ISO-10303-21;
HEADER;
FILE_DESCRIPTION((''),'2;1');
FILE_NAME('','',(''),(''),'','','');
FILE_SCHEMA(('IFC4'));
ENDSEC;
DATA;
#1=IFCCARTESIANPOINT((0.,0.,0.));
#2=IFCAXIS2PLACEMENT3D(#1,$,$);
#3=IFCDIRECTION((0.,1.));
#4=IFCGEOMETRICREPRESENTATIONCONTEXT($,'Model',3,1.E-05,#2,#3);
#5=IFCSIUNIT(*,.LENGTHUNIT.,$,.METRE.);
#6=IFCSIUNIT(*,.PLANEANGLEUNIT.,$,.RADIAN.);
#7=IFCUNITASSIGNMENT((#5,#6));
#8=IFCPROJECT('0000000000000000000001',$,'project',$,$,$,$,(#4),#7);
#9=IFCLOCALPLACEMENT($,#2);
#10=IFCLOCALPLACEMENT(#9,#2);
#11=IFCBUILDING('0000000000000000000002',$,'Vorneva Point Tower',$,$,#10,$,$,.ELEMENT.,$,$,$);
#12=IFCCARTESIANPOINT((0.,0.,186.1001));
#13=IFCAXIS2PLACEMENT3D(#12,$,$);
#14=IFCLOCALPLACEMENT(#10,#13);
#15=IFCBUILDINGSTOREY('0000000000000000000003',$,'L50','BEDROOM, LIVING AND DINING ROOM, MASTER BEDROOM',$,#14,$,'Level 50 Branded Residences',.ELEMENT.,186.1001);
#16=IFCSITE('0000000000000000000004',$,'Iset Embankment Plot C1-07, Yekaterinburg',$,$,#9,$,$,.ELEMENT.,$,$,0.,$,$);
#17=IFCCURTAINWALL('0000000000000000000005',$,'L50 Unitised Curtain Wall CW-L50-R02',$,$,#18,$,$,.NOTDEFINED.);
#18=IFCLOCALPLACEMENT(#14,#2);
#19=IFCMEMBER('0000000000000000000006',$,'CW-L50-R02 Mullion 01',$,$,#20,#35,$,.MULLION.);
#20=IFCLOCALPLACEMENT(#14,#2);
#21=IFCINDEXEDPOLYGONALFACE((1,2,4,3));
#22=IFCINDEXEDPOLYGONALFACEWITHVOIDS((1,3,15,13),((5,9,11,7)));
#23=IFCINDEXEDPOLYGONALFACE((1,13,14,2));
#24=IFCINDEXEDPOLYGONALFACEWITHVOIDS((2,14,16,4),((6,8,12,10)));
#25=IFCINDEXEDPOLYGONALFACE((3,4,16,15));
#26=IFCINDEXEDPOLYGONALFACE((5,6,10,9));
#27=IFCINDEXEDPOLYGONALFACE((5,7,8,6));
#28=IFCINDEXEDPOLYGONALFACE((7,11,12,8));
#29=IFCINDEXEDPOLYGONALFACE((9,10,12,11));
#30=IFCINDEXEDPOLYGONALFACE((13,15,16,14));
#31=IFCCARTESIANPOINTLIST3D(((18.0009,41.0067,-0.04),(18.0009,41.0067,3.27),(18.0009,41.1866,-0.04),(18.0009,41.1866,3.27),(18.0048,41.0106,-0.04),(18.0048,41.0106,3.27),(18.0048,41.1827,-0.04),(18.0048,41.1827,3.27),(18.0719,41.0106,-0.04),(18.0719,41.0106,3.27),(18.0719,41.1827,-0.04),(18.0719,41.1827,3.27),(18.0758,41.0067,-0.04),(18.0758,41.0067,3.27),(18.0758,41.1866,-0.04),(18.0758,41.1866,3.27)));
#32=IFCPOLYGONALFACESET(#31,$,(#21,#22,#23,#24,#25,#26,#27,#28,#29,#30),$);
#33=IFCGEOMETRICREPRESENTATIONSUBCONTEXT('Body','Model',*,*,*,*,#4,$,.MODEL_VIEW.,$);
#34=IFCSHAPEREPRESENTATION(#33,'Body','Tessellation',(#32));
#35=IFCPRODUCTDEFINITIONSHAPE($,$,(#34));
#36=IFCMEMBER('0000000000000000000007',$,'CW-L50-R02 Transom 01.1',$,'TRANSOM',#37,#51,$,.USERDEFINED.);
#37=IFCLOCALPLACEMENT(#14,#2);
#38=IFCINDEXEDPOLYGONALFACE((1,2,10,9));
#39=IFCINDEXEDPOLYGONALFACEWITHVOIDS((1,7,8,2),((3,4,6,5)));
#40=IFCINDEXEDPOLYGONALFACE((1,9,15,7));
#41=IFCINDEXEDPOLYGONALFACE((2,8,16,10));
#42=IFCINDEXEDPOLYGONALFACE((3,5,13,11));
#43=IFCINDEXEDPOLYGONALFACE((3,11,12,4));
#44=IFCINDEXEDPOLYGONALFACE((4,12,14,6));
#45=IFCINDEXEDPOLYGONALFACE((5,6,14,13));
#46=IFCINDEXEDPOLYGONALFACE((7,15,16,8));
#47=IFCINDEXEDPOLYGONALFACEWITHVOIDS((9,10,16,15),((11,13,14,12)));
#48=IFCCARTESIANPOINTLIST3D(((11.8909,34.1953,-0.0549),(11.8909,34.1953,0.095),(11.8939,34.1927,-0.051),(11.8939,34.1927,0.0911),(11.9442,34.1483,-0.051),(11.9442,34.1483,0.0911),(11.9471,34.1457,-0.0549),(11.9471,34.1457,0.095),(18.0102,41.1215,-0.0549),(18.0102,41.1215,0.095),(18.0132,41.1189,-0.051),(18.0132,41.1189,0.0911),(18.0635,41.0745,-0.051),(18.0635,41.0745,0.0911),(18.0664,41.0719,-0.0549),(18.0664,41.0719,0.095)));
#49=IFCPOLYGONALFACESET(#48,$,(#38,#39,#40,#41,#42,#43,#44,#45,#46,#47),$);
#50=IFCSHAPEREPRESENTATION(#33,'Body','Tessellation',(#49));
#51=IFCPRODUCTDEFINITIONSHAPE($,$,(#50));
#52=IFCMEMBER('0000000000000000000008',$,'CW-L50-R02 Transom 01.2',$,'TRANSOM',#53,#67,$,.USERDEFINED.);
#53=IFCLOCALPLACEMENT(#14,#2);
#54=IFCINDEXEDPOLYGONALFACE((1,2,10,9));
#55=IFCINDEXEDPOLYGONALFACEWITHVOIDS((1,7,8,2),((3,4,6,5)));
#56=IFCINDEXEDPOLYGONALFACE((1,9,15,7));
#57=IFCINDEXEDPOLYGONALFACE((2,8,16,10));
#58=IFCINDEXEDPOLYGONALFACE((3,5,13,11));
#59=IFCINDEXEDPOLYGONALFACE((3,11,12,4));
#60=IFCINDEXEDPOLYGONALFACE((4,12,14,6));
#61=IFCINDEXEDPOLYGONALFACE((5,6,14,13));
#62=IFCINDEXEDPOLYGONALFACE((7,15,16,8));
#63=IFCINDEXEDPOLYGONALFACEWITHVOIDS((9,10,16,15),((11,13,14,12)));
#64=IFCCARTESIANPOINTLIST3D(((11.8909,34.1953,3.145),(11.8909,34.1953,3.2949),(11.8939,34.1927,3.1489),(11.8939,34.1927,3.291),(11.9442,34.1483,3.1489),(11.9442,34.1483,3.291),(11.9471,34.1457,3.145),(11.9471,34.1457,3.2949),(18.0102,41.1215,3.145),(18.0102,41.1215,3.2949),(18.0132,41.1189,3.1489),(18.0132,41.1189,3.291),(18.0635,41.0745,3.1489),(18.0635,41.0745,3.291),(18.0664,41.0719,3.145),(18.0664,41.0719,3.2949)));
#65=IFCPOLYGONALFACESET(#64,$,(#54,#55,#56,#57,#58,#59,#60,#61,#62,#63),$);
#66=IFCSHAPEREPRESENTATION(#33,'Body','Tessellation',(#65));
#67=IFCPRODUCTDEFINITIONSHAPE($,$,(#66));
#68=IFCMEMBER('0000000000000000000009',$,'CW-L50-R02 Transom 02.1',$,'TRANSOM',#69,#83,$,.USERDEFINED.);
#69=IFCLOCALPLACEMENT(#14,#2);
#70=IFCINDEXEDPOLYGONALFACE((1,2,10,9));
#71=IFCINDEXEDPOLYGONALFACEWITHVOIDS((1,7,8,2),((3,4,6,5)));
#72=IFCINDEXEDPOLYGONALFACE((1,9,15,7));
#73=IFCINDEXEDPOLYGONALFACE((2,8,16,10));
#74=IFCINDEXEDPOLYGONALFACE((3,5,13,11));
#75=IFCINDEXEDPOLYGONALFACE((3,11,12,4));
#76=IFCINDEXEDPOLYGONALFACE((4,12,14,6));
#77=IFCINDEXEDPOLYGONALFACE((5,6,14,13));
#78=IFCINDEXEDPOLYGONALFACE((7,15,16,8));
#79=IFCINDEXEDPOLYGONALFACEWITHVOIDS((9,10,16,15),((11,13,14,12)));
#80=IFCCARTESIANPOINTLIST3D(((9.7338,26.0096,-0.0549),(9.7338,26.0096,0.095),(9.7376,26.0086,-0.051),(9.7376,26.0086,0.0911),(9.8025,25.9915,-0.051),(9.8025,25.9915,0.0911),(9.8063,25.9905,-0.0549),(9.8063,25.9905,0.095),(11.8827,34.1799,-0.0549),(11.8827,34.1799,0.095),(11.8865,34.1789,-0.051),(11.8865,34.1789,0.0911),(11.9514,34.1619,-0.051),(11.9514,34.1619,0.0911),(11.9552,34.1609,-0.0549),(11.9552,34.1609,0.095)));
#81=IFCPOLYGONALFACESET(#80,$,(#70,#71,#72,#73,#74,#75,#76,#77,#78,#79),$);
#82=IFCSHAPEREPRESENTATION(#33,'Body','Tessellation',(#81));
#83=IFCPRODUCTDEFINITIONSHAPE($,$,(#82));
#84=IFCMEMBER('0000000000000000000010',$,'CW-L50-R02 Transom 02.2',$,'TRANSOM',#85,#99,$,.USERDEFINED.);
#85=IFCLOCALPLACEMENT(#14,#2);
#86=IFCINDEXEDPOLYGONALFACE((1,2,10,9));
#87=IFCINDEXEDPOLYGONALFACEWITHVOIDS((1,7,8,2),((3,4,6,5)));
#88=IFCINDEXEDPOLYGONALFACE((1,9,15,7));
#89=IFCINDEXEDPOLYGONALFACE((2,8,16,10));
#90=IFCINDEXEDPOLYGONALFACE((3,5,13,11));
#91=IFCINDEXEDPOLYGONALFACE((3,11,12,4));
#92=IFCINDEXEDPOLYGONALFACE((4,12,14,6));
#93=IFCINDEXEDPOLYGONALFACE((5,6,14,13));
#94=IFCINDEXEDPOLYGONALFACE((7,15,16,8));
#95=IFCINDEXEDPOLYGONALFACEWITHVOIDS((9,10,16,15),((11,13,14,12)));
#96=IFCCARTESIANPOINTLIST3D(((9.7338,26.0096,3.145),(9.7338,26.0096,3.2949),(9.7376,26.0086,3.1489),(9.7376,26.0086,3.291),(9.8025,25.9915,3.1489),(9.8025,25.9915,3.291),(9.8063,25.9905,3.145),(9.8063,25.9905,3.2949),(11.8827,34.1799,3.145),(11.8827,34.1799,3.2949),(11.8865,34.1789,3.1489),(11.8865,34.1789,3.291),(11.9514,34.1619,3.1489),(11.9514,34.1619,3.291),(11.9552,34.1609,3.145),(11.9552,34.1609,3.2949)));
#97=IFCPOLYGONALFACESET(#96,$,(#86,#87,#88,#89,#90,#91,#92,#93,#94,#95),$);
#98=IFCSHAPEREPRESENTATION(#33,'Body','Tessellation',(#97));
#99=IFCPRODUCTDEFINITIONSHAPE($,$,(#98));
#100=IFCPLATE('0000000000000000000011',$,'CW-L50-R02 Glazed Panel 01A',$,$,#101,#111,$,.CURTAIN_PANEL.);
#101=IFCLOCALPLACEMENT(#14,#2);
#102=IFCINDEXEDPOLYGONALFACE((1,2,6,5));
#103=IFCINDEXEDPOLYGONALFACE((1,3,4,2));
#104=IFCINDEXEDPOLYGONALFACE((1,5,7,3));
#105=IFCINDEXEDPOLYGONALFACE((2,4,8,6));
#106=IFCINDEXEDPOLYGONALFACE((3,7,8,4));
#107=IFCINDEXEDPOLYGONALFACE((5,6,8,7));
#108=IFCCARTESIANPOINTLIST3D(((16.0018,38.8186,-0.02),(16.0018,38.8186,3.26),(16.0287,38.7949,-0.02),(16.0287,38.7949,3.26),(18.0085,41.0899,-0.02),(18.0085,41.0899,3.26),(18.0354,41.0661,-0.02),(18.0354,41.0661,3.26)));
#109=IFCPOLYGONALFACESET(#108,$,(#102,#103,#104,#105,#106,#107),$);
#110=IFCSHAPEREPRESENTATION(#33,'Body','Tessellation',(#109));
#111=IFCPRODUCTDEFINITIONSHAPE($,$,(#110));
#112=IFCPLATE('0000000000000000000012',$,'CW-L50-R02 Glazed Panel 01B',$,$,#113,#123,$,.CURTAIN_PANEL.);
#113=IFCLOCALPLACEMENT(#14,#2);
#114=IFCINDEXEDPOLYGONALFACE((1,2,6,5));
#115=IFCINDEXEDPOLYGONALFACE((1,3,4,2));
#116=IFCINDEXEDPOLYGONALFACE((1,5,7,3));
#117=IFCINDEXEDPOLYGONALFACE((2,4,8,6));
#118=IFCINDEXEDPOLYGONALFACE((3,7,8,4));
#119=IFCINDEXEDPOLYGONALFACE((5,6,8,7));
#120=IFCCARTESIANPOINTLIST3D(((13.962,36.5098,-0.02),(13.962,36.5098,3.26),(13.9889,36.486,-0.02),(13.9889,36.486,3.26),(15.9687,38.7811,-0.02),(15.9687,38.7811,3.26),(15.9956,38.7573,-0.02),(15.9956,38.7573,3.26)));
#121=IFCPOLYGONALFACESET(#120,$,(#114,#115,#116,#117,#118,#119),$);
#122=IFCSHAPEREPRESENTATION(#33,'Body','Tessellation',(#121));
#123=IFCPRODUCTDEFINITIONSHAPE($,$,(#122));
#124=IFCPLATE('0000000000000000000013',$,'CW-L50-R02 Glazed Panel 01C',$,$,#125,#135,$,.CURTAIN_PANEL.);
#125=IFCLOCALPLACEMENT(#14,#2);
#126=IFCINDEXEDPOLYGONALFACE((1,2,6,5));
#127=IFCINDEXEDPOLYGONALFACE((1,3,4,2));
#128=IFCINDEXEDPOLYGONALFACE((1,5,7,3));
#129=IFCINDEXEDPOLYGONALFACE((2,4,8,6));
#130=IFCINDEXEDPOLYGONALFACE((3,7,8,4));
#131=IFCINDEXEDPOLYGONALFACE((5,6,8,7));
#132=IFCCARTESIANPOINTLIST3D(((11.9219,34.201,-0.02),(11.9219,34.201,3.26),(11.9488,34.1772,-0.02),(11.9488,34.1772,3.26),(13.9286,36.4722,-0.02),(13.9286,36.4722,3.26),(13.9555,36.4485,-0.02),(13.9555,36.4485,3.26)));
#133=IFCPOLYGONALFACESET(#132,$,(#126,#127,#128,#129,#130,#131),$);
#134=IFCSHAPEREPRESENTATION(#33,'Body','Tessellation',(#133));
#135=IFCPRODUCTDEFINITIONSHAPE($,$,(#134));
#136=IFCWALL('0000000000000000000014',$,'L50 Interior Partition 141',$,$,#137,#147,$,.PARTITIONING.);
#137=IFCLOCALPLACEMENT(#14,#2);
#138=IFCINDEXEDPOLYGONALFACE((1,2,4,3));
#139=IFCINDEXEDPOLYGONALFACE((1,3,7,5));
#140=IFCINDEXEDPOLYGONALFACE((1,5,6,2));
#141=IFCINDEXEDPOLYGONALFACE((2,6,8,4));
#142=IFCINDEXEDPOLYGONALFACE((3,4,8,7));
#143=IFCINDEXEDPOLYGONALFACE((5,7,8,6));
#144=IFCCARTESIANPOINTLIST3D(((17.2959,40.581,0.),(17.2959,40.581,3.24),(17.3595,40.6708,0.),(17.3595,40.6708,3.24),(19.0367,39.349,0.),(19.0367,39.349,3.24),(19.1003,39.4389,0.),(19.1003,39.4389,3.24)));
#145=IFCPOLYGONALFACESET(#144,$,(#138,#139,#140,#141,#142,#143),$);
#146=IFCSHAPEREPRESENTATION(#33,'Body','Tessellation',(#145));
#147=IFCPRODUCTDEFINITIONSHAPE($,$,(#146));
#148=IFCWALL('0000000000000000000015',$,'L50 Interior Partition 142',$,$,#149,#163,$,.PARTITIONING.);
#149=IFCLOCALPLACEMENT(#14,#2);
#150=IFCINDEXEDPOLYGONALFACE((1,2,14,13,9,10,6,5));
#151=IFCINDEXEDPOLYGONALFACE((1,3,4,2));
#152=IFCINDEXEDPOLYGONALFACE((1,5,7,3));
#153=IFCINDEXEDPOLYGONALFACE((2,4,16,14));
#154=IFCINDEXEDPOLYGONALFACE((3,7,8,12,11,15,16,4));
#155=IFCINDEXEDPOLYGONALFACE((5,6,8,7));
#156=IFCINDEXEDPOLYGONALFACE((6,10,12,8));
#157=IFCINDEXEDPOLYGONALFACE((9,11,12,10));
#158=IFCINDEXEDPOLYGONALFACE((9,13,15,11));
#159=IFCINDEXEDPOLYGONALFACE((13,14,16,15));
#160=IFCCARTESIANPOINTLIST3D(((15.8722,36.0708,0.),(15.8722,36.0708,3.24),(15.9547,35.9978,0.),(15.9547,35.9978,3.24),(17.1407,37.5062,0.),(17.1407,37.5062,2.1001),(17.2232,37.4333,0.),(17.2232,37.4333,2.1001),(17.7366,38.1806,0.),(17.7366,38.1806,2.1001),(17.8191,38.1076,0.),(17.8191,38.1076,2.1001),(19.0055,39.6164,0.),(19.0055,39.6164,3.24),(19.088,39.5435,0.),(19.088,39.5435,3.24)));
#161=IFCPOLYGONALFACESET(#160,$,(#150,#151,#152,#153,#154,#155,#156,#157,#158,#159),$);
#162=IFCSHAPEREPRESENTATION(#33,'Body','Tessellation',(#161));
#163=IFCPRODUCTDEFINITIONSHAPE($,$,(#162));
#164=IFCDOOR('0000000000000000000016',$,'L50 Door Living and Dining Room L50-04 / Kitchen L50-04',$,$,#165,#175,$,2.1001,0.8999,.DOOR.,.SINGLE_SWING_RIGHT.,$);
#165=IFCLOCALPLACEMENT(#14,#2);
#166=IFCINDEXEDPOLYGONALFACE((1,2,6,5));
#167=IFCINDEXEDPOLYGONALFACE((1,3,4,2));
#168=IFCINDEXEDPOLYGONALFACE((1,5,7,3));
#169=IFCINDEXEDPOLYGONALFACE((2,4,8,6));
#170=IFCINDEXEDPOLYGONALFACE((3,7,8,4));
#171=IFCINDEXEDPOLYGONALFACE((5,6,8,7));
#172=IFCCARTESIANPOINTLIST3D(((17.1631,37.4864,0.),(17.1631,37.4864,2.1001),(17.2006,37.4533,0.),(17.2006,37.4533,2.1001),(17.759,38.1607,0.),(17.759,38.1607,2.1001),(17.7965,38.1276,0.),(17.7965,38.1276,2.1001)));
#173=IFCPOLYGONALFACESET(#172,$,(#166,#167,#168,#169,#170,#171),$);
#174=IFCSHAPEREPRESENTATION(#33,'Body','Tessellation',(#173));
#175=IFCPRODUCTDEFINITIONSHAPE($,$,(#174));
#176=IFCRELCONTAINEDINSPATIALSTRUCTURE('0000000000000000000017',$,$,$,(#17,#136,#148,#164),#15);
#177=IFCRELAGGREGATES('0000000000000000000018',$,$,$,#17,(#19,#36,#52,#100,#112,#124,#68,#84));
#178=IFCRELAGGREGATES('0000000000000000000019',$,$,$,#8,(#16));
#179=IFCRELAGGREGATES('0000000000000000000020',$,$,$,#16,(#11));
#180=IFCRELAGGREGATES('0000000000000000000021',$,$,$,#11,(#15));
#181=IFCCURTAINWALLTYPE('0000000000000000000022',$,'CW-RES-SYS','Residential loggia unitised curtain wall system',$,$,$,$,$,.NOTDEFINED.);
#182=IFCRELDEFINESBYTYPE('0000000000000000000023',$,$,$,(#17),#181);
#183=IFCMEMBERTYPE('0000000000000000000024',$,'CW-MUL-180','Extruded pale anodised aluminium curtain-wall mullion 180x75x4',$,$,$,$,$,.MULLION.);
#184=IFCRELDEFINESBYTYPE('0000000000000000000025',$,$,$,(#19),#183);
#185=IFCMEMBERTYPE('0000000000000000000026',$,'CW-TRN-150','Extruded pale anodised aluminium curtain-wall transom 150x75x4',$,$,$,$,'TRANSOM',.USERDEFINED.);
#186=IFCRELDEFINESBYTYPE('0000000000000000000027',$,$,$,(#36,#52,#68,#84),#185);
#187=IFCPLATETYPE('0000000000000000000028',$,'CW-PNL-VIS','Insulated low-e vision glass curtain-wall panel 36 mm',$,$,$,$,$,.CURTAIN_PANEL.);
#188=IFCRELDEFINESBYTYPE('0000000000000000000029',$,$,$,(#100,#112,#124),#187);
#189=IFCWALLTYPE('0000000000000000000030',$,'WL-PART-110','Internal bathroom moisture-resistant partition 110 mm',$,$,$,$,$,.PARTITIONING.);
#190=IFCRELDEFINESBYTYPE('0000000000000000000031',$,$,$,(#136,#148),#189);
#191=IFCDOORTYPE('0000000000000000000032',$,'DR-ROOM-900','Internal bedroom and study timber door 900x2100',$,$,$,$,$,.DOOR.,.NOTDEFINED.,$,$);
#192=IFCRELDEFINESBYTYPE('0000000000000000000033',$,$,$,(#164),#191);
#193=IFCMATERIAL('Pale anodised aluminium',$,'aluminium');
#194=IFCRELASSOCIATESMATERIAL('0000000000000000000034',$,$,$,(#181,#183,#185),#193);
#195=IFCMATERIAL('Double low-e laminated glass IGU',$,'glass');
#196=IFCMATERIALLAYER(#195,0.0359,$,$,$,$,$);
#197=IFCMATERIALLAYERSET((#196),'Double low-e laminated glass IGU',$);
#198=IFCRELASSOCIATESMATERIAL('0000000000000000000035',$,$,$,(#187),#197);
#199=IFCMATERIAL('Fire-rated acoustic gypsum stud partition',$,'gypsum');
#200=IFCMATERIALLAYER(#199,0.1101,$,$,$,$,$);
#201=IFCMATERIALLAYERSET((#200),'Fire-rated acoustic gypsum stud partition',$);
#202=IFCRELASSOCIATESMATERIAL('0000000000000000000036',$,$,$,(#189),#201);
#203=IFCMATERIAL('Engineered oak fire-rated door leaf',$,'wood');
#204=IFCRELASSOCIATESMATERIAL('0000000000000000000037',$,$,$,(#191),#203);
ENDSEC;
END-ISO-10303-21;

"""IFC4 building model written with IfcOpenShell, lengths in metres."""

from ifc_helpers import new_model, si_unit, direction, frame, frame_2d, origin, origin_2d, place, context, subcontext, project, spatial, rectangle, hollow_rectangle, extrude, material, layer, layer_set, material_profile, profile_set, type_object, element, fill, aggregate, save


model = new_model("IFC4")

# Units and contexts
model_context = context("Model", 3, precision=1e-05, world=origin(), true_north=direction((0.0, 1.0)))
body_context = subcontext(model_context, "Body", "Model", "MODEL_VIEW")
ifc_project = project(units=[si_unit("LENGTHUNIT", "METRE"), si_unit("PLANEANGLEUNIT", "RADIAN")], contexts=[model_context])

# Site, building, storey
site_placement = place(None, origin())
site = spatial("IfcSite", under=ifc_project, at=site_placement, Name="Iset Embankment Plot C1-07, Yekaterinburg", CompositionType="ELEMENT", RefElevation=0.0)
building_placement = place(site_placement, origin())
building = spatial("IfcBuilding", under=site, at=building_placement, Name="Vorneva Point Tower", CompositionType="ELEMENT")
storey_placement = place(building_placement, frame((0.0, 0.0, 186.1001)))
storey = spatial("IfcBuildingStorey", under=building, at=storey_placement, Name="L50", Description="BEDROOM, LIVING AND DINING ROOM, MASTER BEDROOM", LongName="Level 50 Branded Residences", CompositionType="ELEMENT", Elevation=186.1001)

# Curtain wall, members, plates
ifc_material_1 = material(Name="Pale anodised aluminium", Category="aluminium")
curtain_wall_type = type_object("IfcCurtainWallType", Name="CW-RES-SYS", Description="Residential loggia unitised curtain wall system", PredefinedType="NOTDEFINED", material=ifc_material_1)
curtain_wall_placement = place(storey_placement, origin())
curtain_wall = element("IfcCurtainWall", 1, at=curtain_wall_placement, inside=storey, type_object=curtain_wall_type, Name="L50 Unitised Curtain Wall CW-L50-R02", PredefinedType="NOTDEFINED")
ifc_material_profile_1 = material_profile(ifc_material_1, hollow_rectangle(XDim=0.075, YDim=0.1799, WallThickness=0.0039, at=origin_2d()), Name="AL-MUL 180x75x4")
ifc_profile_set_1 = profile_set([ifc_material_profile_1], Name="Pale anodised aluminium")
member_type_1 = type_object("IfcMemberType", Name="CW-MUL-180", Description="Extruded pale anodised aluminium curtain-wall mullion 180x75x4", PredefinedType="MULLION", material=ifc_profile_set_1)
member_1_placement = place(storey_placement, frame((18.0383, 41.0967, -0.04), z_axis=(0.0, 0.0, 1.0), x_axis=(1.0, 0.0, 0.0)))
member_1 = element("IfcMember", 2, at=member_1_placement, type_object=member_type_1, Name="CW-L50-R02 Mullion 01", PredefinedType="MULLION", context=body_context, shape_type="SweptSolid", body=[
    extrude(hollow_rectangle(XDim=0.075, YDim=0.1799, WallThickness=0.0039, at=origin_2d()), origin(), (0.0, 0.0, 1.0), 3.3101),
])
ifc_material_profile_2 = material_profile(ifc_material_1, hollow_rectangle(XDim=0.075, YDim=0.1499, WallThickness=0.0039, at=origin_2d()), Name="AL-TRN 150x75x4")
ifc_profile_set_2 = profile_set([ifc_material_profile_2], Name="Pale anodised aluminium")
member_type_2 = type_object("IfcMemberType", Name="CW-TRN-150", Description="Extruded pale anodised aluminium curtain-wall transom 150x75x4", ElementType="TRANSOM", PredefinedType="USERDEFINED", material=ifc_profile_set_2)
member_2_placement = place(storey_placement, frame((18.0383, 41.0967, 0.02), z_axis=(-0.662106, -0.74941, 0.0), x_axis=(0.74941, -0.662106, 0.0)))
member_2 = element("IfcMember", 3, at=member_2_placement, type_object=member_type_2, Name="CW-L50-R02 Transom 01.1", ObjectType="TRANSOM", PredefinedType="USERDEFINED", context=body_context, shape_type="SweptSolid", body=[
    extrude(hollow_rectangle(XDim=0.075, YDim=0.1499, WallThickness=0.0039, at=origin_2d()), origin(), (0.0, 0.0, 1.0), 9.2422),
])
member_3_placement = place(storey_placement, frame((18.0383, 41.0967, 3.22), z_axis=(-0.662106, -0.74941, 0.0), x_axis=(0.74941, -0.662106, 0.0)))
member_3 = element("IfcMember", 4, at=member_3_placement, type_object=member_type_2, Name="CW-L50-R02 Transom 01.2", ObjectType="TRANSOM", PredefinedType="USERDEFINED", context=body_context, shape_type="SweptSolid", body=[
    extrude(hollow_rectangle(XDim=0.075, YDim=0.1499, WallThickness=0.0039, at=origin_2d()), origin(), (0.0, 0.0, 1.0), 9.2422),
])
member_4_placement = place(storey_placement, frame((11.9189, 34.1704, 0.02), z_axis=(-0.254362, -0.967109, 0.0), x_axis=(0.967109, -0.254362, 0.0)))
member_4 = element("IfcMember", 5, at=member_4_placement, type_object=member_type_2, Name="CW-L50-R02 Transom 02.1", ObjectType="TRANSOM", PredefinedType="USERDEFINED", context=body_context, shape_type="SweptSolid", body=[
    extrude(hollow_rectangle(XDim=0.075, YDim=0.1499, WallThickness=0.0039, at=origin_2d()), origin(), (0.0, 0.0, 1.0), 8.4482),
])
member_5_placement = place(storey_placement, frame((11.9189, 34.1704, 3.22), z_axis=(-0.254362, -0.967109, 0.0), x_axis=(0.967109, -0.254362, 0.0)))
member_5 = element("IfcMember", 6, at=member_5_placement, type_object=member_type_2, Name="CW-L50-R02 Transom 02.2", ObjectType="TRANSOM", PredefinedType="USERDEFINED", context=body_context, shape_type="SweptSolid", body=[
    extrude(hollow_rectangle(XDim=0.075, YDim=0.1499, WallThickness=0.0039, at=origin_2d()), origin(), (0.0, 0.0, 1.0), 8.4482),
])
ifc_material_2 = material(Name="Double low-e laminated glass IGU", Category="glass")
ifc_layer_1 = layer(ifc_material_2, 0.0359)
ifc_layer_set_1 = layer_set([ifc_layer_1], Name="Double low-e laminated glass IGU")
plate_type = type_object("IfcPlateType", Name="CW-PNL-VIS", Description="Insulated low-e vision glass curtain-wall panel 36 mm", PredefinedType="CURTAIN_PANEL", material=ifc_layer_set_1)
plate_1_placement = place(storey_placement, frame((17.0186, 39.9424, -0.02), z_axis=(0.0, 0.0, 1.0), x_axis=(-0.66211, -0.749407, 0.0)))
plate_1 = element("IfcPlate", 7, at=plate_1_placement, type_object=plate_type, Name="CW-L50-R02 Glazed Panel 01A", PredefinedType="CURTAIN_PANEL", context=body_context, shape_type="SweptSolid", body=[
    extrude(rectangle(XDim=3.0308, YDim=0.0359, at=origin_2d()), origin(), (0.0, 0.0, 1.0), 3.28),
])
plate_2_placement = place(storey_placement, frame((14.9788, 37.6335, -0.02), z_axis=(0.0, 0.0, 1.0), x_axis=(-0.66211, -0.749407, 0.0)))
plate_2 = element("IfcPlate", 8, at=plate_2_placement, type_object=plate_type, Name="CW-L50-R02 Glazed Panel 01B", PredefinedType="CURTAIN_PANEL", context=body_context, shape_type="SweptSolid", body=[
    extrude(rectangle(XDim=3.0308, YDim=0.0359, at=origin_2d()), origin(), (0.0, 0.0, 1.0), 3.28),
])
plate_3_placement = place(storey_placement, frame((12.9387, 35.3247, -0.02), z_axis=(0.0, 0.0, 1.0), x_axis=(-0.66211, -0.749407, 0.0)))
plate_3 = element("IfcPlate", 9, at=plate_3_placement, type_object=plate_type, Name="CW-L50-R02 Glazed Panel 01C", PredefinedType="CURTAIN_PANEL", context=body_context, shape_type="SweptSolid", body=[
    extrude(rectangle(XDim=3.0308, YDim=0.0359, at=origin_2d()), origin(), (0.0, 0.0, 1.0), 3.28),
])
aggregate(curtain_wall, [member_1, member_2, member_3, plate_1, plate_2, plate_3, member_4, member_5])

# Wall
ifc_material_3 = material(Name="Fire-rated acoustic gypsum stud partition", Category="gypsum")
ifc_layer_2 = layer(ifc_material_3, 0.1101)
ifc_layer_set_2 = layer_set([ifc_layer_2], Name="Fire-rated acoustic gypsum stud partition")
wall_type_1 = type_object("IfcWallType", Name="WL-PART-110", Description="Internal bathroom moisture-resistant partition 110 mm", PredefinedType="PARTITIONING", material=ifc_layer_set_2)
wall_1_placement = place(storey_placement, frame((17.3276, 40.626, 0.0), z_axis=(0.0, 0.0, 1.0), x_axis=(0.816263, -0.577681, 0.0)))
element("IfcWall", 10, at=wall_1_placement, inside=storey, type_object=wall_type_1, Name="L50 Interior Partition 141", PredefinedType="PARTITIONING", context=body_context, shape_type="SweptSolid", body=[
    extrude(rectangle(XDim=2.1326, YDim=0.1101, at=frame_2d((1.0664, 0.0))), origin(), (0.0, 0.0, 1.0), 3.24),
])

# Wall, opening, door
wall_2_placement = place(storey_placement, frame((19.0466, 39.5798, 0.0), z_axis=(0.0, 0.0, 1.0), x_axis=(-0.66219, -0.749336, 0.0)))
wall_2 = element("IfcWall", 11, at=wall_2_placement, inside=storey, type_object=wall_type_1, Name="L50 Interior Partition 142", PredefinedType="PARTITIONING", context=body_context, shape_type="SweptSolid", body=[
    extrude(rectangle(XDim=4.7317, YDim=0.1101, at=frame_2d((2.3657, 0.0))), origin(), (0.0, 0.0, 1.0), 3.24),
])
opening_1_placement = place(wall_2_placement, frame((1.916, 0.0, 0.0)))
opening_1 = element("IfcOpeningElement", 12, at=opening_1_placement, cuts=wall_2, PredefinedType="OPENING", context=body_context, shape_type="SweptSolid", body=[
    extrude(rectangle(XDim=0.8999, YDim=2.1001, at=frame_2d((0.45, 1.05))), frame((0.0, 0.0698, 0.0), z_axis=(0.0, -1.0, 0.0), x_axis=(1.0, 0.0, 0.0)), (0.0, 0.0, 1.0), 0.1399),
])
ifc_material_4 = material(Name="Engineered oak fire-rated door leaf", Category="wood")
door_type_1 = type_object("IfcDoorType", Name="DR-ROOM-900", Description="Internal bedroom and study timber door 900x2100", OperationType="NOTDEFINED", PredefinedType="DOOR", material=ifc_material_4)
door_1_placement = place(opening_1_placement, origin())
door_1 = element("IfcDoor", 13, at=door_1_placement, inside=storey, type_object=door_type_1, Name="L50 Door Living and Dining Room L50-04 / Kitchen L50-04", OperationType="SINGLE_SWING_RIGHT", OverallHeight=2.1001, OverallWidth=0.8999, PredefinedType="DOOR", context=body_context, shape_type="SweptSolid", body=[
    extrude(rectangle(XDim=0.8999, YDim=2.1001, at=frame_2d((0.45, 1.05))), frame((0.0, 0.0249, 0.0), z_axis=(0.0, -1.0, 0.0), x_axis=(1.0, 0.0, 0.0)), (0.0, 0.0, 1.0), 0.05),
])
fill(opening_1, door_1)

save(model, "model.ifc")
